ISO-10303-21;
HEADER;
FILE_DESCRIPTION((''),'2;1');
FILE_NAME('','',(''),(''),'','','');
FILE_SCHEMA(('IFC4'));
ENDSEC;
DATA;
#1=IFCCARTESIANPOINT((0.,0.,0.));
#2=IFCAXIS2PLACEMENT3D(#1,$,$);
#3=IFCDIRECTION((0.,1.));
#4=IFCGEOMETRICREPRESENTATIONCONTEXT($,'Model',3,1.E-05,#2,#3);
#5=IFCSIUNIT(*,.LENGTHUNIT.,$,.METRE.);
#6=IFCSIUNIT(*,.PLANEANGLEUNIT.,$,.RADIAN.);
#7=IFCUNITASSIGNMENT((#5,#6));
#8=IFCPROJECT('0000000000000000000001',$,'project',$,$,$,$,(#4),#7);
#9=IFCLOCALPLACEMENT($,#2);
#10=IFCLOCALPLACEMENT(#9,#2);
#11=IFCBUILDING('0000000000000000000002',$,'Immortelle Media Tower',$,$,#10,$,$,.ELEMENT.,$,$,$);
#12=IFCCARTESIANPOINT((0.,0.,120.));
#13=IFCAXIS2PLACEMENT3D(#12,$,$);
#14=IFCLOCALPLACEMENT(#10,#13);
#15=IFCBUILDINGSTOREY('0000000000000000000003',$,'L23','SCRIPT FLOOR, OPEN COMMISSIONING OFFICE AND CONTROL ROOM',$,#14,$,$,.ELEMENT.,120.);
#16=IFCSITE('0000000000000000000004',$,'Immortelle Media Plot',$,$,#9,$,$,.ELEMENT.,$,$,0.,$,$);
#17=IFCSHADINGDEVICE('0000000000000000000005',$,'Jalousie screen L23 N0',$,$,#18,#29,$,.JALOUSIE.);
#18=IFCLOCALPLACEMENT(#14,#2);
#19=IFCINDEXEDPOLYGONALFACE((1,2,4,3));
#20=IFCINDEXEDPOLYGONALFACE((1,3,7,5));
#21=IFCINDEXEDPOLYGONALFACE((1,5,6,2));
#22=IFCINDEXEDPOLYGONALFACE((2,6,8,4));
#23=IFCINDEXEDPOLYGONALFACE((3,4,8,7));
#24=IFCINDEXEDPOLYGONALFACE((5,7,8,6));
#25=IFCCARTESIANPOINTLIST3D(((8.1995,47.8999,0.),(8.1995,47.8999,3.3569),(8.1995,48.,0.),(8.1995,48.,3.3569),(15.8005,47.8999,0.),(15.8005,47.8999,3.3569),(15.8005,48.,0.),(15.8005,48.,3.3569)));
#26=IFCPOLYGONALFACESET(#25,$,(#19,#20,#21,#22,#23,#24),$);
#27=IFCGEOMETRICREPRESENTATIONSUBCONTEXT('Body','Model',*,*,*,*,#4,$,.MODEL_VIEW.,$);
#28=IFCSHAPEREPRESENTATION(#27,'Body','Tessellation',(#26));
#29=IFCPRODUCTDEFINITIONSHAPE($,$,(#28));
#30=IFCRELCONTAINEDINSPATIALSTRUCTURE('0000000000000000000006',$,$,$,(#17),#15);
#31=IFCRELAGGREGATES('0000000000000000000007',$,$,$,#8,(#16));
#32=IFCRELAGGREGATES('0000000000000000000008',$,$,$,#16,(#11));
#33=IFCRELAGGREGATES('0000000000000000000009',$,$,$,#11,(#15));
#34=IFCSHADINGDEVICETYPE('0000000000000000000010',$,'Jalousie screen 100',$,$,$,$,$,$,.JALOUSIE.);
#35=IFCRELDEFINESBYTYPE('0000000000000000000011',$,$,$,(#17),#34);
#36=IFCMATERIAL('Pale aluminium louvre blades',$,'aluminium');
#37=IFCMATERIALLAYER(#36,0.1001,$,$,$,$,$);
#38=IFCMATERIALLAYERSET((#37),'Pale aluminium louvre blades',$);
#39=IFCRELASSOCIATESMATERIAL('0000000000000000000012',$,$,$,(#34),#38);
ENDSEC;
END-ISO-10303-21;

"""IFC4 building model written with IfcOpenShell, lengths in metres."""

from ifc_helpers import new_model, si_unit, direction, frame, origin, origin_2d, place, context, subcontext, project, spatial, rectangle, extrude, material, layer, layer_set, type_object, element, save


model = new_model("IFC4")

# Units and contexts
model_context = context("Model", 3, precision=1e-05, world=origin(), true_north=direction((0.0, 1.0)))
body_context = subcontext(model_context, "Body", "Model", "MODEL_VIEW")
ifc_project = project(units=[si_unit("LENGTHUNIT", "METRE"), si_unit("PLANEANGLEUNIT", "RADIAN")], contexts=[model_context])

# Site, building, storey
site_placement = place(None, origin())
site = spatial("IfcSite", under=ifc_project, at=site_placement, Name="Immortelle Media Plot", CompositionType="ELEMENT", RefElevation=0.0)
building_placement = place(site_placement, origin())
building = spatial("IfcBuilding", under=site, at=building_placement, Name="Immortelle Media Tower", CompositionType="ELEMENT")
storey_placement = place(building_placement, frame((0.0, 0.0, 120.0)))
storey = spatial("IfcBuildingStorey", under=building, at=storey_placement, Name="L23", Description="SCRIPT FLOOR, OPEN COMMISSIONING OFFICE AND CONTROL ROOM", CompositionType="ELEMENT", Elevation=120.0)

# Shading device
ifc_material_1 = material(Name="Pale aluminium louvre blades", Category="aluminium")
ifc_layer_1 = layer(ifc_material_1, 0.1001)
ifc_layer_set_1 = layer_set([ifc_layer_1], Name="Pale aluminium louvre blades")
shading_device_type = type_object("IfcShadingDeviceType", Name="Jalousie screen 100", PredefinedType="JALOUSIE", material=ifc_layer_set_1)
shading_device_placement = place(storey_placement, frame((12.0, 47.95, 0.0), z_axis=(0.0, 0.0, 1.0), x_axis=(-1.0, 0.0, 0.0)))
element("IfcShadingDevice", 1, at=shading_device_placement, inside=storey, type_object=shading_device_type, Name="Jalousie screen L23 N0", PredefinedType="JALOUSIE", context=body_context, shape_type="SweptSolid", body=[
    extrude(rectangle(XDim=7.6011, YDim=0.1001, at=origin_2d()), origin(), (0.0, 0.0, 1.0), 3.3569),
])

save(model, "model.ifc")
